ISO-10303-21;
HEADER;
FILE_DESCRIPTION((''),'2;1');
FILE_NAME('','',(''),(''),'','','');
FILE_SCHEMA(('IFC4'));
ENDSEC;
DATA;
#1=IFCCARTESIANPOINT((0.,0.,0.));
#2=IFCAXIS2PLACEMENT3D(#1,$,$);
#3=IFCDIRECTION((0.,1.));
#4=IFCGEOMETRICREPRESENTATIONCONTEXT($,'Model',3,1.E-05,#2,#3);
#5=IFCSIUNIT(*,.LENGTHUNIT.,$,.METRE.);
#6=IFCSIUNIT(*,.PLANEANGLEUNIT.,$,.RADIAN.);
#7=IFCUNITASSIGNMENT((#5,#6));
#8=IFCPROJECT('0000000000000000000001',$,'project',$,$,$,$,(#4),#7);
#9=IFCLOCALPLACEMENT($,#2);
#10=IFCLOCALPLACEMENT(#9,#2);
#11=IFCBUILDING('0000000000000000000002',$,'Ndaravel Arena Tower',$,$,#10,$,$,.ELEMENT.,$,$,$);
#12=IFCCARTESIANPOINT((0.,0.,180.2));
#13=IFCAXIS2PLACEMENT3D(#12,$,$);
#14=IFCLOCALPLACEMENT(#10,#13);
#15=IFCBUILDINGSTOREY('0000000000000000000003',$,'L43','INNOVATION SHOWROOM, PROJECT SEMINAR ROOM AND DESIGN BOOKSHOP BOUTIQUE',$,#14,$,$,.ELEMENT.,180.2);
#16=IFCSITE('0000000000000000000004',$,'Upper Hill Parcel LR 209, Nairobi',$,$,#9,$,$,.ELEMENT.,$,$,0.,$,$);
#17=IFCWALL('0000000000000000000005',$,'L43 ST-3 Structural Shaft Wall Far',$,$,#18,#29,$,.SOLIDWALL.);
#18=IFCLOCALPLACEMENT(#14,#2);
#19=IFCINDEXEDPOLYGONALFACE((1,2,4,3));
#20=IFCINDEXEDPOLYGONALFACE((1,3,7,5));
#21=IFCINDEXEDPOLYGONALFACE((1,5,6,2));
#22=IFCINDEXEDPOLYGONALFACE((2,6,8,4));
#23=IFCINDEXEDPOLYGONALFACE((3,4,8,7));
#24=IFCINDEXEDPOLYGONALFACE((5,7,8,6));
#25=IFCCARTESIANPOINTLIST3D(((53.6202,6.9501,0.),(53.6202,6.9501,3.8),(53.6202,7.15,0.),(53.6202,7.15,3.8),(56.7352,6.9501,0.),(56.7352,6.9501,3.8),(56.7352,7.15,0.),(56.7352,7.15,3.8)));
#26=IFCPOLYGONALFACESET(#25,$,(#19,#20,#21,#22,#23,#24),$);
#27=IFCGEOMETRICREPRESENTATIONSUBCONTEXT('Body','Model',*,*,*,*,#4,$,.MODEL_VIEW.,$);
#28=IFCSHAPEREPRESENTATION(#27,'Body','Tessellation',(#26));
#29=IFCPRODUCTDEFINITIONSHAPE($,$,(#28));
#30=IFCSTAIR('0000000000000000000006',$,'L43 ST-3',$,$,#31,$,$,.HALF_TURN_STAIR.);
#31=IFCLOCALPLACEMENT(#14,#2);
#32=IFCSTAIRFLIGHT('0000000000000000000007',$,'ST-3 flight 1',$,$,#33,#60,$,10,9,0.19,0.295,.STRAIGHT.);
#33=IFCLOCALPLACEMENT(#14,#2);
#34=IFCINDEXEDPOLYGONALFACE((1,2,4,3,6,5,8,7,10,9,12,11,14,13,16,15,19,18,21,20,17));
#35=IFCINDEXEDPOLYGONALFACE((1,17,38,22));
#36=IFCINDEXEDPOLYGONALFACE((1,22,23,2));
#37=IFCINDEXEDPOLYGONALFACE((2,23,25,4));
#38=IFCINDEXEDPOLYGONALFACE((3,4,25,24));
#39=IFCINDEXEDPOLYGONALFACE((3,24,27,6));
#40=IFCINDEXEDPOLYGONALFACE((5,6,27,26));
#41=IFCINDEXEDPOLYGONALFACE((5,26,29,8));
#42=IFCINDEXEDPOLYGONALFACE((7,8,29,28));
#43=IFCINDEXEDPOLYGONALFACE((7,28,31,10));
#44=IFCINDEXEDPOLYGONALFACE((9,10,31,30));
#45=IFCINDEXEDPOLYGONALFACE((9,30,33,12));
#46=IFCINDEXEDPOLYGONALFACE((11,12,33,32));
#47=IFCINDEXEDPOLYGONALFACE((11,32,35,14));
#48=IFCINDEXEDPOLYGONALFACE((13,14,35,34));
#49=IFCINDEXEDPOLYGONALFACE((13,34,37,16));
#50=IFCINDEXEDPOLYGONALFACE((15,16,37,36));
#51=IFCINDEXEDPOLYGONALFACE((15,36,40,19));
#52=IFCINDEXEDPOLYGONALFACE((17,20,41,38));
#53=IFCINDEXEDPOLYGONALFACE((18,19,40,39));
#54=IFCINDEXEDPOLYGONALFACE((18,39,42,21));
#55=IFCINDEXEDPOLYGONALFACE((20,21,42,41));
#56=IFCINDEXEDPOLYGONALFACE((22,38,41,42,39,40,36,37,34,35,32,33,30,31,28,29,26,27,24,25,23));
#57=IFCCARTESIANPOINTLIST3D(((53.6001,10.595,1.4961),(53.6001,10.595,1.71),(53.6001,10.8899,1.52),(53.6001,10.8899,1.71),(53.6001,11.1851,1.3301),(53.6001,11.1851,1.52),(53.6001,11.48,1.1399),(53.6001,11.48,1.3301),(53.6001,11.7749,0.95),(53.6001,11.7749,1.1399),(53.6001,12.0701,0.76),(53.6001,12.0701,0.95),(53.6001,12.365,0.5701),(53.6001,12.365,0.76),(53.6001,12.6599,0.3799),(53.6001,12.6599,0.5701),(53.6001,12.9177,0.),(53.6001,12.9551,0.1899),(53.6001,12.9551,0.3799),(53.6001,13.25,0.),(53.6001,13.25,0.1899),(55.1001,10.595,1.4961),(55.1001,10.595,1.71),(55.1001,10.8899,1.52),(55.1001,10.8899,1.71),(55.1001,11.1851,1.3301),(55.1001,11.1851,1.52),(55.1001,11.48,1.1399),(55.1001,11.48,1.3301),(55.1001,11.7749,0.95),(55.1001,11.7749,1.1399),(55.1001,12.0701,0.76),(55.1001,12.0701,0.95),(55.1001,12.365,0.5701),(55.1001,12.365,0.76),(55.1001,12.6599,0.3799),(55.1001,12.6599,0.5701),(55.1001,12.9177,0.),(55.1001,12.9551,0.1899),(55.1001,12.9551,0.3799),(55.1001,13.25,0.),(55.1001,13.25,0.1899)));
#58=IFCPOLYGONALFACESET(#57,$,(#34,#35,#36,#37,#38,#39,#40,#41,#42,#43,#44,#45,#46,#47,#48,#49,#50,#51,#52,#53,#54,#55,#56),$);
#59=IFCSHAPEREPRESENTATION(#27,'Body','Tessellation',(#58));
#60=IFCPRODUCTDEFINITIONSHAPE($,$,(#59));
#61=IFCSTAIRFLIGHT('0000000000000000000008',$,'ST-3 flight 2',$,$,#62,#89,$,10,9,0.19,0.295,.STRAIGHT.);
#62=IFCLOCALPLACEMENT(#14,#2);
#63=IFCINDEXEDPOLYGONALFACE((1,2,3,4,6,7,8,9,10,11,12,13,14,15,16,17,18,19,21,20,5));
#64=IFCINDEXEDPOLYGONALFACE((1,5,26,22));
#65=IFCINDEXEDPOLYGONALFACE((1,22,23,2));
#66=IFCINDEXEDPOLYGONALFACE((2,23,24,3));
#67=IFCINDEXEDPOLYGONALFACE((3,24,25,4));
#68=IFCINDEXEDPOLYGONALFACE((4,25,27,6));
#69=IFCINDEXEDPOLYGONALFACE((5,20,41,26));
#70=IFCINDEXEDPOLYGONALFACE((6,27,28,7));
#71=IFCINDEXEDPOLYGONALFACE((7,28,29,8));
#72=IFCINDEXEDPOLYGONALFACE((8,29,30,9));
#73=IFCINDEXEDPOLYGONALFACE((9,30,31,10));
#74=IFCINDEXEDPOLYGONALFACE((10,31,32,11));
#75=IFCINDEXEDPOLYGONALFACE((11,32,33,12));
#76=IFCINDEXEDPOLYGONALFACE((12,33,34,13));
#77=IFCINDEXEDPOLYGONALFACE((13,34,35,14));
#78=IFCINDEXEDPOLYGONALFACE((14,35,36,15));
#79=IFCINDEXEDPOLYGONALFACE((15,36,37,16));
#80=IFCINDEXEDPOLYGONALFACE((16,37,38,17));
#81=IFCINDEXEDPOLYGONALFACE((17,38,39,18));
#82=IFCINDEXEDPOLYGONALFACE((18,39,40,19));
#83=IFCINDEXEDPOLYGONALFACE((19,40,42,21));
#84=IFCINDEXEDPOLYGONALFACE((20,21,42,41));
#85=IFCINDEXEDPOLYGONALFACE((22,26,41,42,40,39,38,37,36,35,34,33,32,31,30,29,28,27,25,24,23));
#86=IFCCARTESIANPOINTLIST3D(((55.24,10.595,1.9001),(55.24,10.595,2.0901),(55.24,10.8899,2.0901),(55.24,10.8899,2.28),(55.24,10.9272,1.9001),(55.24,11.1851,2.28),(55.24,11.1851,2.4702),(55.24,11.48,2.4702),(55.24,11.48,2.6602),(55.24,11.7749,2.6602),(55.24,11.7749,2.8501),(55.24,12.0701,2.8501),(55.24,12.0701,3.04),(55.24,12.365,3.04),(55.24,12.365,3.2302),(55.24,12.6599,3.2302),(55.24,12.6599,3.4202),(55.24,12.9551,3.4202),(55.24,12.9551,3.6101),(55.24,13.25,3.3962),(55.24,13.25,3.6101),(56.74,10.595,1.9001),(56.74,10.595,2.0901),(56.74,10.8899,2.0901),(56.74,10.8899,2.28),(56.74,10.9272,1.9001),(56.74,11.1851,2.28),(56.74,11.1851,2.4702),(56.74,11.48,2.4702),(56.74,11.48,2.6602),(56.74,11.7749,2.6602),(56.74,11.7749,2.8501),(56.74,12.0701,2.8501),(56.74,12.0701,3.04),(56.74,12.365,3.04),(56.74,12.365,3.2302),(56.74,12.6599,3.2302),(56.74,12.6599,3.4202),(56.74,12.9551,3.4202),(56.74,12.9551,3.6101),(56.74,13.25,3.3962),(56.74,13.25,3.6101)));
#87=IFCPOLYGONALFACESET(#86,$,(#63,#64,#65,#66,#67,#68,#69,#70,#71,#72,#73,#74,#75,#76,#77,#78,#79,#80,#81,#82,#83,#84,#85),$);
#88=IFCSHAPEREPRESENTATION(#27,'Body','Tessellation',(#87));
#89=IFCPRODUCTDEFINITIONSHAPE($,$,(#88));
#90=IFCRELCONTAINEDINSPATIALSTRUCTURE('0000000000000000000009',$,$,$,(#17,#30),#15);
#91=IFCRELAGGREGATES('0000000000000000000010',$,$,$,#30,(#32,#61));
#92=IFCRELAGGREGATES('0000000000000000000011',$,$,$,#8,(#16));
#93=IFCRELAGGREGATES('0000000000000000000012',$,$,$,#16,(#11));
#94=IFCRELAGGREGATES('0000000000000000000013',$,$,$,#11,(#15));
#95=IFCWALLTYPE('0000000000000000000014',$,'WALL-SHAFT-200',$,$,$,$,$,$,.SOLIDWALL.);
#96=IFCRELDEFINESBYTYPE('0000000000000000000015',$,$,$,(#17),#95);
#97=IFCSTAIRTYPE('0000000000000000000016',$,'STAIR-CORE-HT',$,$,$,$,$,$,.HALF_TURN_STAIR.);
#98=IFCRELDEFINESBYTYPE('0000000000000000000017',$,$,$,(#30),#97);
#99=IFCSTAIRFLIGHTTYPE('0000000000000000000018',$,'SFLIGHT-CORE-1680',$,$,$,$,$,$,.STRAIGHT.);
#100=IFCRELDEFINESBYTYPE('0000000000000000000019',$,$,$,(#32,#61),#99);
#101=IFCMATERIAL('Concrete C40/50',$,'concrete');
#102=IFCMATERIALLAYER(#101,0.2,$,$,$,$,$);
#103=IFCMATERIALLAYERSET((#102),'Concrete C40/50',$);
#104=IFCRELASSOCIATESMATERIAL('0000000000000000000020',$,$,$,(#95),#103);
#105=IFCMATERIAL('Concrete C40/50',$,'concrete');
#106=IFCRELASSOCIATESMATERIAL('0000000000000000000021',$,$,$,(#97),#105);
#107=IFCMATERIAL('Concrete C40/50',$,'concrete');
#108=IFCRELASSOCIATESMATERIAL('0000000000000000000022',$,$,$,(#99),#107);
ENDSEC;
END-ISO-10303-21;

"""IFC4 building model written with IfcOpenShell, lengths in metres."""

from ifc_helpers import new_model, si_unit, direction, frame, frame_2d, origin, place, context, subcontext, project, spatial, polyline, rectangle, outline, extrude, material, layer, layer_set, type_object, element, aggregate, save


model = new_model("IFC4")

# Units and contexts
model_context = context("Model", 3, precision=1e-05, world=origin(), true_north=direction((0.0, 1.0)))
body_context = subcontext(model_context, "Body", "Model", "MODEL_VIEW")
ifc_project = project(units=[si_unit("LENGTHUNIT", "METRE"), si_unit("PLANEANGLEUNIT", "RADIAN")], contexts=[model_context])

# Site, building, storey
site_placement = place(None, origin())
site = spatial("IfcSite", under=ifc_project, at=site_placement, Name="Upper Hill Parcel LR 209, Nairobi", CompositionType="ELEMENT", RefElevation=0.0)
building_placement = place(site_placement, origin())
building = spatial("IfcBuilding", under=site, at=building_placement, Name="Ndaravel Arena Tower", CompositionType="ELEMENT")
storey_placement = place(building_placement, frame((0.0, 0.0, 180.2)))
storey = spatial("IfcBuildingStorey", under=building, at=storey_placement, Name="L43", Description="INNOVATION SHOWROOM, PROJECT SEMINAR ROOM AND DESIGN BOOKSHOP BOUTIQUE", CompositionType="ELEMENT", Elevation=180.2)

# Wall
ifc_material_1 = material(Name="Concrete C40/50", Category="concrete")
ifc_layer_1 = layer(ifc_material_1, 0.2)
ifc_layer_set_1 = layer_set([ifc_layer_1], Name="Concrete C40/50")
wall_type_1 = type_object("IfcWallType", Name="WALL-SHAFT-200", PredefinedType="SOLIDWALL", material=ifc_layer_set_1)
wall_1_placement = place(storey_placement, frame((53.6201, 7.05, 0.0), z_axis=(0.0, 0.0, 1.0), x_axis=(1.0, 0.0, 0.0)))
element("IfcWall", 1, at=wall_1_placement, inside=storey, type_object=wall_type_1, Name="L43 ST-3 Structural Shaft Wall Far", PredefinedType="SOLIDWALL", context=body_context, shape_type="SweptSolid", body=[
    extrude(rectangle(XDim=3.115, YDim=0.2, at=frame_2d((1.5576, 0.0))), origin(), (0.0, 0.0, 1.0), 3.8),
])

# Stair, stair flights
ifc_material_2 = material(Name="Concrete C40/50", Category="concrete")
stair_type = type_object("IfcStairType", Name="STAIR-CORE-HT", PredefinedType="HALF_TURN_STAIR", material=ifc_material_2)
stair_placement = place(storey_placement, origin())
stair = element("IfcStair", 2, at=stair_placement, inside=storey, type_object=stair_type, Name="L43 ST-3", PredefinedType="HALF_TURN_STAIR")
ifc_material_3 = material(Name="Concrete C40/50", Category="concrete")
stair_flight_type = type_object("IfcStairFlightType", Name="SFLIGHT-CORE-1680", PredefinedType="STRAIGHT", material=ifc_material_3)
stair_flight_1_placement = place(storey_placement, frame((54.3501, 13.25, 0.0), z_axis=(0.0, 0.0, 1.0), x_axis=(0.0, -1.0, 0.0)))
stair_flight_1 = element("IfcStairFlight", 3, at=stair_flight_1_placement, type_object=stair_flight_type, Name="ST-3 flight 1", NumberOfRisers=10, NumberOfTreads=9, PredefinedType="STRAIGHT", RiserHeight=0.19, TreadLength=0.295, context=body_context, shape_type="SweptSolid", body=[
    extrude(outline(polyline([(0.0, 0.0), (0.0, 0.1899), (0.2949, 0.1899), (0.2949, 0.3799), (0.5901, 0.3799), (0.5901, 0.5701), (0.885, 0.5701), (0.885, 0.76), (1.1799, 0.76), (1.1799, 0.95), (1.4751, 0.95), (1.4751, 1.1399), (1.77, 1.1399), (1.77, 1.3301), (2.0649, 1.3301), (2.0649, 1.52), (2.3601, 1.52), (2.3601, 1.71), (2.655, 1.71), (2.655, 1.8999), (2.655, 1.4961), (0.3323, 0.0), (0.0, 0.0)])), frame((0.0, 0.75, 0.0), z_axis=(0.0, -1.0, 0.0), x_axis=(1.0, 0.0, 0.0)), (0.0, 0.0, 1.0), 1.5),
])
stair_flight_2_placement = place(storey_placement, frame((55.99, 10.595, 1.9001), z_axis=(0.0, 0.0, 1.0), x_axis=(0.0, 1.0, 0.0)))
stair_flight_2 = element("IfcStairFlight", 4, at=stair_flight_2_placement, type_object=stair_flight_type, Name="ST-3 flight 2", NumberOfRisers=10, NumberOfTreads=9, PredefinedType="STRAIGHT", RiserHeight=0.19, TreadLength=0.295, context=body_context, shape_type="SweptSolid", body=[
    extrude(outline(polyline([(0.0, 0.0), (0.0, 0.1899), (0.2949, 0.1899), (0.2949, 0.3799), (0.5901, 0.3799), (0.5901, 0.5701), (0.885, 0.5701), (0.885, 0.76), (1.1799, 0.76), (1.1799, 0.95), (1.4751, 0.95), (1.4751, 1.1399), (1.77, 1.1399), (1.77, 1.3301), (2.0649, 1.3301), (2.0649, 1.52), (2.3601, 1.52), (2.3601, 1.71), (2.655, 1.71), (2.655, 1.8999), (2.655, 1.4961), (0.3323, 0.0), (0.0, 0.0)])), frame((0.0, 0.75, 0.0), z_axis=(0.0, -1.0, 0.0), x_axis=(1.0, 0.0, 0.0)), (0.0, 0.0, 1.0), 1.5),
])
aggregate(stair, [stair_flight_1, stair_flight_2])

save(model, "model.ifc")
